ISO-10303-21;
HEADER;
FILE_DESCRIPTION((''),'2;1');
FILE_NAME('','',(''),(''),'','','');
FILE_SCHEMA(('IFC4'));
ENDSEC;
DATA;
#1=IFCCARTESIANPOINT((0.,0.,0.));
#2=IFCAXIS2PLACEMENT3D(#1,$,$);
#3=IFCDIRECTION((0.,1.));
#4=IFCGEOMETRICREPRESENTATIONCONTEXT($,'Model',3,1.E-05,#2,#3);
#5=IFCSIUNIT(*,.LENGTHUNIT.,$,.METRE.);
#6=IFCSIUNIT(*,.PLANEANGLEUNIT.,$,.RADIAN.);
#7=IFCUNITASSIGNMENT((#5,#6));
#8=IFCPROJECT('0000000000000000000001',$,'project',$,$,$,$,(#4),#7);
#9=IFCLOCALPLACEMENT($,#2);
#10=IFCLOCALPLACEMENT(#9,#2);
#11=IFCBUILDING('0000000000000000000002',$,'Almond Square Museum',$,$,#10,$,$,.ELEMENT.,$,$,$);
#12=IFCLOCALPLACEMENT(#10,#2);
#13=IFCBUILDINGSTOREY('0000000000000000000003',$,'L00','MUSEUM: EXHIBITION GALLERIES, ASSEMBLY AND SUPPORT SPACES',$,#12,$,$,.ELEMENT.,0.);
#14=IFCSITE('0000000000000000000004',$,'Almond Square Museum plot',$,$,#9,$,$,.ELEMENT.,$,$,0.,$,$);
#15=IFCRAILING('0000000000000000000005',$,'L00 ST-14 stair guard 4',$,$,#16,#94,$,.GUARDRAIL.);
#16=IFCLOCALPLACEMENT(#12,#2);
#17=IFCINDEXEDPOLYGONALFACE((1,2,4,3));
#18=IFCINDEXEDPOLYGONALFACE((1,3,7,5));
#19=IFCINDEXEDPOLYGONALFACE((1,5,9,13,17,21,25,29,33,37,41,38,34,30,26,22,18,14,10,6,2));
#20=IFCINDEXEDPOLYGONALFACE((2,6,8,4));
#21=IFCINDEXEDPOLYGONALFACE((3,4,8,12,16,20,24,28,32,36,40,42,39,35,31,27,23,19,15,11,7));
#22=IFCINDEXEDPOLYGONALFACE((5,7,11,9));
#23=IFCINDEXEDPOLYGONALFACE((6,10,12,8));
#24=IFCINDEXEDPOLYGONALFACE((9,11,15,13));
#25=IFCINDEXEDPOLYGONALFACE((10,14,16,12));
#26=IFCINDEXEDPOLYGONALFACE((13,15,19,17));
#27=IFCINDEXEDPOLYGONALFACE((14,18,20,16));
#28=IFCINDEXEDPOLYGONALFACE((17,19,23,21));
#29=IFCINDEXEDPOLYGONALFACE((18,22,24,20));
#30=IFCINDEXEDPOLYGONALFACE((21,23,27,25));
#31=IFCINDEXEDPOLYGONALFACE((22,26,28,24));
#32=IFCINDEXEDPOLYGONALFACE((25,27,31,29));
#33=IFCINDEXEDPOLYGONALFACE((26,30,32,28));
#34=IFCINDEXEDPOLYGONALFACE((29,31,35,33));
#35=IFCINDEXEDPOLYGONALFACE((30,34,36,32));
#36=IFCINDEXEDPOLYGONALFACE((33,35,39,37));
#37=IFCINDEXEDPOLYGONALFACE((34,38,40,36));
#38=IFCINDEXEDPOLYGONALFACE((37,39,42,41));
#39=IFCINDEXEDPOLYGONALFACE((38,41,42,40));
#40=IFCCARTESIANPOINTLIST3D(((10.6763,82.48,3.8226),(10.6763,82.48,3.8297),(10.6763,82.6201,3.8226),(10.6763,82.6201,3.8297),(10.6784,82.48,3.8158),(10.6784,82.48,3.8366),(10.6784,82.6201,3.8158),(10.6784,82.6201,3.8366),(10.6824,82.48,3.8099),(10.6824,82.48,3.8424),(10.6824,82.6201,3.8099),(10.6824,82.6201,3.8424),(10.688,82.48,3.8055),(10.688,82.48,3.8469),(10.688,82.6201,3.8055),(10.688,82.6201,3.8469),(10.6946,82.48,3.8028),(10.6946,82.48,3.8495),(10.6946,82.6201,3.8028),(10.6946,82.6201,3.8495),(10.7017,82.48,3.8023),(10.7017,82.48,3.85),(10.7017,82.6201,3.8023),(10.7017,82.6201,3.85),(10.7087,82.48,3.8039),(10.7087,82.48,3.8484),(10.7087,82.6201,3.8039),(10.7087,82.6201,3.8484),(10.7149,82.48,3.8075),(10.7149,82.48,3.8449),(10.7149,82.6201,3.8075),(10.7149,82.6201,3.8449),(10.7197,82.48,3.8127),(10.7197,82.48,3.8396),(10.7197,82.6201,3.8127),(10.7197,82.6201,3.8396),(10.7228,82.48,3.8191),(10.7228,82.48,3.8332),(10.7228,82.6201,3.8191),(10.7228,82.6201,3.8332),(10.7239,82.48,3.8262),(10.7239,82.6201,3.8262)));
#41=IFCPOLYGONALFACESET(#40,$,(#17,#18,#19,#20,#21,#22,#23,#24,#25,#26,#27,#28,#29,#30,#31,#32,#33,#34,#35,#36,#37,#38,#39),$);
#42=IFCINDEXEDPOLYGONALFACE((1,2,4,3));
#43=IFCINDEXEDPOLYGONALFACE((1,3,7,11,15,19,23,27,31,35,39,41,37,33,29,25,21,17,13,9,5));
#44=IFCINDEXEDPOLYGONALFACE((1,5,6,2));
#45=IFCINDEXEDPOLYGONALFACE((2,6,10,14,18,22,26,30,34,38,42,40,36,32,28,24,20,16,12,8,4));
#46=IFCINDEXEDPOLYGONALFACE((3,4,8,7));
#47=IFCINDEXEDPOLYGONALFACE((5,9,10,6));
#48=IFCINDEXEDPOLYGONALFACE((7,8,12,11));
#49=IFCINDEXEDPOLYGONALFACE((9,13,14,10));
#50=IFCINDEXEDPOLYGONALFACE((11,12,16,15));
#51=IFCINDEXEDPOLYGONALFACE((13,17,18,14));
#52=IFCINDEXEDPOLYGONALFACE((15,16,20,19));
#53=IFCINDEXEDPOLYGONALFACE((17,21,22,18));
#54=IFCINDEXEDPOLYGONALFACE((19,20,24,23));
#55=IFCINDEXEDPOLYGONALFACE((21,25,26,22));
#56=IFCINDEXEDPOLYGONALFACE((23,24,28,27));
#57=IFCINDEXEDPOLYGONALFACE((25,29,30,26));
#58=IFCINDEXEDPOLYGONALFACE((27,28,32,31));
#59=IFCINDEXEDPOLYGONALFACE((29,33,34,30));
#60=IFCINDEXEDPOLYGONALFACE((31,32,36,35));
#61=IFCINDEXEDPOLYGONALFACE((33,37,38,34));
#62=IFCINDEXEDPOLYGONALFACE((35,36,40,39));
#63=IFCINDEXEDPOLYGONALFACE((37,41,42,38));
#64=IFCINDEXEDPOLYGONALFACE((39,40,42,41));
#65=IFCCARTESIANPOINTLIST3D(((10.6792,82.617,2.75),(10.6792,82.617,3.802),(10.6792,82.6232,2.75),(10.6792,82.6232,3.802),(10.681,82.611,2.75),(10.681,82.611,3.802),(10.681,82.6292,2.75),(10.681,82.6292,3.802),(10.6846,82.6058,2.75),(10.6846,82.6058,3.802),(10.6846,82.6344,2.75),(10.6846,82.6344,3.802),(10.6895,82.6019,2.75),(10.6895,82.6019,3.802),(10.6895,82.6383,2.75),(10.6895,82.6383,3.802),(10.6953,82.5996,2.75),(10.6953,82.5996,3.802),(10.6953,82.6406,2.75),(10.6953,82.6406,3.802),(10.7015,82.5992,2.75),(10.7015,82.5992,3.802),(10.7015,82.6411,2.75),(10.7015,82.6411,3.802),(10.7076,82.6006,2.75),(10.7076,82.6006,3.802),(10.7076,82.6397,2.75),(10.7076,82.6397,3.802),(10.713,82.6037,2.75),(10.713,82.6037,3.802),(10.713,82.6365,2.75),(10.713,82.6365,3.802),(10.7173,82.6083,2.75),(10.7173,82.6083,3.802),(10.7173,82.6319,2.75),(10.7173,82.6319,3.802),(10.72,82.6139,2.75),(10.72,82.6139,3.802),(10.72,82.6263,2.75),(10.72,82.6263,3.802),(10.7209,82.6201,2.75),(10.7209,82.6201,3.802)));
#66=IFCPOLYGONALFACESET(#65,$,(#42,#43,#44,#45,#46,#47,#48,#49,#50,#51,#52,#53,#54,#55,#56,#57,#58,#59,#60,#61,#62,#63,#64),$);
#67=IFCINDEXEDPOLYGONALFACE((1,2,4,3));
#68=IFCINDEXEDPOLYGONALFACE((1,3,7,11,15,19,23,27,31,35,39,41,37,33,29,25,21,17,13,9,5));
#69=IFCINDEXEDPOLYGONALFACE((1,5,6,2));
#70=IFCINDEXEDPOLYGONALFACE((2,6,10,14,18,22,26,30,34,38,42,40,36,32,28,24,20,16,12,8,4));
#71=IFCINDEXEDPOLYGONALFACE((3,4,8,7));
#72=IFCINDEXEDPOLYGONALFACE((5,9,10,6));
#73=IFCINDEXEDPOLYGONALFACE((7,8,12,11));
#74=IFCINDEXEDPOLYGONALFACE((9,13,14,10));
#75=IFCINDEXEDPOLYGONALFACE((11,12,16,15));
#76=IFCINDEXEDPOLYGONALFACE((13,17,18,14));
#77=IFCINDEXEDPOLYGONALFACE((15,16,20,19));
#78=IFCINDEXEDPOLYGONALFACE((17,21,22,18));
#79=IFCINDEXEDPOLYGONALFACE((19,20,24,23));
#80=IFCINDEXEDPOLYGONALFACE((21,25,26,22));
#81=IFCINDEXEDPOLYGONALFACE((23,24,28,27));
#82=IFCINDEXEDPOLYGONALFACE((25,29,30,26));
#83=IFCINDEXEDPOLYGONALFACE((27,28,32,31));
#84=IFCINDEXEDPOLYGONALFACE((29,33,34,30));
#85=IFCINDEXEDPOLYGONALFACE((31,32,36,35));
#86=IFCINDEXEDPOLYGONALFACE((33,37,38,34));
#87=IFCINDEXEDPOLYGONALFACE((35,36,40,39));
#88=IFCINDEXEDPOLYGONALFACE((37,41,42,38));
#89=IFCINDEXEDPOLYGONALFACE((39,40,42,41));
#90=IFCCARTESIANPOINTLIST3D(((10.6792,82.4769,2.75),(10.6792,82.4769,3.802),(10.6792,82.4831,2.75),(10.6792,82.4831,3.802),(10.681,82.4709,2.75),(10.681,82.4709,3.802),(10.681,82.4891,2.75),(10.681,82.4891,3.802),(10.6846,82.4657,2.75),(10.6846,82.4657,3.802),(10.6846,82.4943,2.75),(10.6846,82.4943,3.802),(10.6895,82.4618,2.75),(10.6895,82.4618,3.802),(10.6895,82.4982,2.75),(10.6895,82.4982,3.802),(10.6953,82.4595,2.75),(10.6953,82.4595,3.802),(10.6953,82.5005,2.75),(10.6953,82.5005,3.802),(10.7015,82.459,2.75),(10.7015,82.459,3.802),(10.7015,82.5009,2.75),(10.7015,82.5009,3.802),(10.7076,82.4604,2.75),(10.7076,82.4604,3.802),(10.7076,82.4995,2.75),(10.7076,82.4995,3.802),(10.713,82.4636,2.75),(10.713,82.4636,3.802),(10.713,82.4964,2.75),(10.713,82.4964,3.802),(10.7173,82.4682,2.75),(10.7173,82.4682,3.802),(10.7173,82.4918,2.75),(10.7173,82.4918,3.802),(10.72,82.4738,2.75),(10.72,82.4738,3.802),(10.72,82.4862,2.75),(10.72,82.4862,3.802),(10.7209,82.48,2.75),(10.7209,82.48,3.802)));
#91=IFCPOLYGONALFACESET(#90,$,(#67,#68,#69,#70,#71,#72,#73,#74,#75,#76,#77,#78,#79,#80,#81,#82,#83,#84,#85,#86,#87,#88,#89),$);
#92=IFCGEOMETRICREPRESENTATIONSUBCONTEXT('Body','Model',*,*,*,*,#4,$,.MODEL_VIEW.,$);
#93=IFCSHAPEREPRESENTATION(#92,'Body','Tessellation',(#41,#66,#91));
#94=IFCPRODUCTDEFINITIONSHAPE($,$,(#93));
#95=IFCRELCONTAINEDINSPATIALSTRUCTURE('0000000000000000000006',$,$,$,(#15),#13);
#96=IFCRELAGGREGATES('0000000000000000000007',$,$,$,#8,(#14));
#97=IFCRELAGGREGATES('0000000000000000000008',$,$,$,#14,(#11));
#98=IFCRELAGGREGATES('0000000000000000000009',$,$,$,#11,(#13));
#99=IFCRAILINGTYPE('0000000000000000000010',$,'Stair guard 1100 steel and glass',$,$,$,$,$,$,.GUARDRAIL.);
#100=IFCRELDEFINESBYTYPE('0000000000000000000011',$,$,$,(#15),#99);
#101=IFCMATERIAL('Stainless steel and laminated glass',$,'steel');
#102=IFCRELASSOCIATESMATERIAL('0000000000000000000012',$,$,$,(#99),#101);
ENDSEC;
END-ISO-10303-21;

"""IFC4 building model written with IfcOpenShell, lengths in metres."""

from ifc_helpers import new_model, si_unit, direction, frame, origin, origin_2d, place, context, subcontext, project, spatial, circle, extrude, material, type_object, element, save


model = new_model("IFC4")

# Units and contexts
model_context = context("Model", 3, precision=1e-05, world=origin(), true_north=direction((0.0, 1.0)))
body_context = subcontext(model_context, "Body", "Model", "MODEL_VIEW")
ifc_project = project(units=[si_unit("LENGTHUNIT", "METRE"), si_unit("PLANEANGLEUNIT", "RADIAN")], contexts=[model_context])

# Site, building, storey
site_placement = place(None, origin())
site = spatial("IfcSite", under=ifc_project, at=site_placement, Name="Almond Square Museum plot", CompositionType="ELEMENT", RefElevation=0.0)
building_placement = place(site_placement, origin())
building = spatial("IfcBuilding", under=site, at=building_placement, Name="Almond Square Museum", CompositionType="ELEMENT")
storey_placement = place(building_placement, origin())
storey = spatial("IfcBuildingStorey", under=building, at=storey_placement, Name="L00", Description="MUSEUM: EXHIBITION GALLERIES, ASSEMBLY AND SUPPORT SPACES", CompositionType="ELEMENT", Elevation=0.0)

# Railing
ifc_material_1 = material(Name="Stainless steel and laminated glass", Category="steel")
railing_type_1 = type_object("IfcRailingType", Name="Stair guard 1100 steel and glass", PredefinedType="GUARDRAIL", material=ifc_material_1)
railing_1_placement = place(storey_placement, frame((10.7, 82.6201, 2.75)))
element("IfcRailing", 1, at=railing_1_placement, inside=storey, type_object=railing_type_1, Name="L00 ST-14 stair guard 4", PredefinedType="GUARDRAIL", context=body_context, shape_type="SweptSolid", body=[
    extrude(circle(Radius=0.0239, at=origin_2d()), frame((0.0, 0.0, 1.0762), z_axis=(0.0, -1.0, 0.0), x_axis=(1.0, 0.0, 0.0)), (0.0, 0.0, 1.0), 0.1401),
    extrude(circle(Radius=0.021, at=origin_2d()), origin(), (0.0, 0.0, 1.0), 1.052),
    extrude(circle(Radius=0.021, at=origin_2d()), frame((0.0, -0.1401, 0.0)), (0.0, 0.0, 1.0), 1.052),
])

save(model, "model.ifc")
